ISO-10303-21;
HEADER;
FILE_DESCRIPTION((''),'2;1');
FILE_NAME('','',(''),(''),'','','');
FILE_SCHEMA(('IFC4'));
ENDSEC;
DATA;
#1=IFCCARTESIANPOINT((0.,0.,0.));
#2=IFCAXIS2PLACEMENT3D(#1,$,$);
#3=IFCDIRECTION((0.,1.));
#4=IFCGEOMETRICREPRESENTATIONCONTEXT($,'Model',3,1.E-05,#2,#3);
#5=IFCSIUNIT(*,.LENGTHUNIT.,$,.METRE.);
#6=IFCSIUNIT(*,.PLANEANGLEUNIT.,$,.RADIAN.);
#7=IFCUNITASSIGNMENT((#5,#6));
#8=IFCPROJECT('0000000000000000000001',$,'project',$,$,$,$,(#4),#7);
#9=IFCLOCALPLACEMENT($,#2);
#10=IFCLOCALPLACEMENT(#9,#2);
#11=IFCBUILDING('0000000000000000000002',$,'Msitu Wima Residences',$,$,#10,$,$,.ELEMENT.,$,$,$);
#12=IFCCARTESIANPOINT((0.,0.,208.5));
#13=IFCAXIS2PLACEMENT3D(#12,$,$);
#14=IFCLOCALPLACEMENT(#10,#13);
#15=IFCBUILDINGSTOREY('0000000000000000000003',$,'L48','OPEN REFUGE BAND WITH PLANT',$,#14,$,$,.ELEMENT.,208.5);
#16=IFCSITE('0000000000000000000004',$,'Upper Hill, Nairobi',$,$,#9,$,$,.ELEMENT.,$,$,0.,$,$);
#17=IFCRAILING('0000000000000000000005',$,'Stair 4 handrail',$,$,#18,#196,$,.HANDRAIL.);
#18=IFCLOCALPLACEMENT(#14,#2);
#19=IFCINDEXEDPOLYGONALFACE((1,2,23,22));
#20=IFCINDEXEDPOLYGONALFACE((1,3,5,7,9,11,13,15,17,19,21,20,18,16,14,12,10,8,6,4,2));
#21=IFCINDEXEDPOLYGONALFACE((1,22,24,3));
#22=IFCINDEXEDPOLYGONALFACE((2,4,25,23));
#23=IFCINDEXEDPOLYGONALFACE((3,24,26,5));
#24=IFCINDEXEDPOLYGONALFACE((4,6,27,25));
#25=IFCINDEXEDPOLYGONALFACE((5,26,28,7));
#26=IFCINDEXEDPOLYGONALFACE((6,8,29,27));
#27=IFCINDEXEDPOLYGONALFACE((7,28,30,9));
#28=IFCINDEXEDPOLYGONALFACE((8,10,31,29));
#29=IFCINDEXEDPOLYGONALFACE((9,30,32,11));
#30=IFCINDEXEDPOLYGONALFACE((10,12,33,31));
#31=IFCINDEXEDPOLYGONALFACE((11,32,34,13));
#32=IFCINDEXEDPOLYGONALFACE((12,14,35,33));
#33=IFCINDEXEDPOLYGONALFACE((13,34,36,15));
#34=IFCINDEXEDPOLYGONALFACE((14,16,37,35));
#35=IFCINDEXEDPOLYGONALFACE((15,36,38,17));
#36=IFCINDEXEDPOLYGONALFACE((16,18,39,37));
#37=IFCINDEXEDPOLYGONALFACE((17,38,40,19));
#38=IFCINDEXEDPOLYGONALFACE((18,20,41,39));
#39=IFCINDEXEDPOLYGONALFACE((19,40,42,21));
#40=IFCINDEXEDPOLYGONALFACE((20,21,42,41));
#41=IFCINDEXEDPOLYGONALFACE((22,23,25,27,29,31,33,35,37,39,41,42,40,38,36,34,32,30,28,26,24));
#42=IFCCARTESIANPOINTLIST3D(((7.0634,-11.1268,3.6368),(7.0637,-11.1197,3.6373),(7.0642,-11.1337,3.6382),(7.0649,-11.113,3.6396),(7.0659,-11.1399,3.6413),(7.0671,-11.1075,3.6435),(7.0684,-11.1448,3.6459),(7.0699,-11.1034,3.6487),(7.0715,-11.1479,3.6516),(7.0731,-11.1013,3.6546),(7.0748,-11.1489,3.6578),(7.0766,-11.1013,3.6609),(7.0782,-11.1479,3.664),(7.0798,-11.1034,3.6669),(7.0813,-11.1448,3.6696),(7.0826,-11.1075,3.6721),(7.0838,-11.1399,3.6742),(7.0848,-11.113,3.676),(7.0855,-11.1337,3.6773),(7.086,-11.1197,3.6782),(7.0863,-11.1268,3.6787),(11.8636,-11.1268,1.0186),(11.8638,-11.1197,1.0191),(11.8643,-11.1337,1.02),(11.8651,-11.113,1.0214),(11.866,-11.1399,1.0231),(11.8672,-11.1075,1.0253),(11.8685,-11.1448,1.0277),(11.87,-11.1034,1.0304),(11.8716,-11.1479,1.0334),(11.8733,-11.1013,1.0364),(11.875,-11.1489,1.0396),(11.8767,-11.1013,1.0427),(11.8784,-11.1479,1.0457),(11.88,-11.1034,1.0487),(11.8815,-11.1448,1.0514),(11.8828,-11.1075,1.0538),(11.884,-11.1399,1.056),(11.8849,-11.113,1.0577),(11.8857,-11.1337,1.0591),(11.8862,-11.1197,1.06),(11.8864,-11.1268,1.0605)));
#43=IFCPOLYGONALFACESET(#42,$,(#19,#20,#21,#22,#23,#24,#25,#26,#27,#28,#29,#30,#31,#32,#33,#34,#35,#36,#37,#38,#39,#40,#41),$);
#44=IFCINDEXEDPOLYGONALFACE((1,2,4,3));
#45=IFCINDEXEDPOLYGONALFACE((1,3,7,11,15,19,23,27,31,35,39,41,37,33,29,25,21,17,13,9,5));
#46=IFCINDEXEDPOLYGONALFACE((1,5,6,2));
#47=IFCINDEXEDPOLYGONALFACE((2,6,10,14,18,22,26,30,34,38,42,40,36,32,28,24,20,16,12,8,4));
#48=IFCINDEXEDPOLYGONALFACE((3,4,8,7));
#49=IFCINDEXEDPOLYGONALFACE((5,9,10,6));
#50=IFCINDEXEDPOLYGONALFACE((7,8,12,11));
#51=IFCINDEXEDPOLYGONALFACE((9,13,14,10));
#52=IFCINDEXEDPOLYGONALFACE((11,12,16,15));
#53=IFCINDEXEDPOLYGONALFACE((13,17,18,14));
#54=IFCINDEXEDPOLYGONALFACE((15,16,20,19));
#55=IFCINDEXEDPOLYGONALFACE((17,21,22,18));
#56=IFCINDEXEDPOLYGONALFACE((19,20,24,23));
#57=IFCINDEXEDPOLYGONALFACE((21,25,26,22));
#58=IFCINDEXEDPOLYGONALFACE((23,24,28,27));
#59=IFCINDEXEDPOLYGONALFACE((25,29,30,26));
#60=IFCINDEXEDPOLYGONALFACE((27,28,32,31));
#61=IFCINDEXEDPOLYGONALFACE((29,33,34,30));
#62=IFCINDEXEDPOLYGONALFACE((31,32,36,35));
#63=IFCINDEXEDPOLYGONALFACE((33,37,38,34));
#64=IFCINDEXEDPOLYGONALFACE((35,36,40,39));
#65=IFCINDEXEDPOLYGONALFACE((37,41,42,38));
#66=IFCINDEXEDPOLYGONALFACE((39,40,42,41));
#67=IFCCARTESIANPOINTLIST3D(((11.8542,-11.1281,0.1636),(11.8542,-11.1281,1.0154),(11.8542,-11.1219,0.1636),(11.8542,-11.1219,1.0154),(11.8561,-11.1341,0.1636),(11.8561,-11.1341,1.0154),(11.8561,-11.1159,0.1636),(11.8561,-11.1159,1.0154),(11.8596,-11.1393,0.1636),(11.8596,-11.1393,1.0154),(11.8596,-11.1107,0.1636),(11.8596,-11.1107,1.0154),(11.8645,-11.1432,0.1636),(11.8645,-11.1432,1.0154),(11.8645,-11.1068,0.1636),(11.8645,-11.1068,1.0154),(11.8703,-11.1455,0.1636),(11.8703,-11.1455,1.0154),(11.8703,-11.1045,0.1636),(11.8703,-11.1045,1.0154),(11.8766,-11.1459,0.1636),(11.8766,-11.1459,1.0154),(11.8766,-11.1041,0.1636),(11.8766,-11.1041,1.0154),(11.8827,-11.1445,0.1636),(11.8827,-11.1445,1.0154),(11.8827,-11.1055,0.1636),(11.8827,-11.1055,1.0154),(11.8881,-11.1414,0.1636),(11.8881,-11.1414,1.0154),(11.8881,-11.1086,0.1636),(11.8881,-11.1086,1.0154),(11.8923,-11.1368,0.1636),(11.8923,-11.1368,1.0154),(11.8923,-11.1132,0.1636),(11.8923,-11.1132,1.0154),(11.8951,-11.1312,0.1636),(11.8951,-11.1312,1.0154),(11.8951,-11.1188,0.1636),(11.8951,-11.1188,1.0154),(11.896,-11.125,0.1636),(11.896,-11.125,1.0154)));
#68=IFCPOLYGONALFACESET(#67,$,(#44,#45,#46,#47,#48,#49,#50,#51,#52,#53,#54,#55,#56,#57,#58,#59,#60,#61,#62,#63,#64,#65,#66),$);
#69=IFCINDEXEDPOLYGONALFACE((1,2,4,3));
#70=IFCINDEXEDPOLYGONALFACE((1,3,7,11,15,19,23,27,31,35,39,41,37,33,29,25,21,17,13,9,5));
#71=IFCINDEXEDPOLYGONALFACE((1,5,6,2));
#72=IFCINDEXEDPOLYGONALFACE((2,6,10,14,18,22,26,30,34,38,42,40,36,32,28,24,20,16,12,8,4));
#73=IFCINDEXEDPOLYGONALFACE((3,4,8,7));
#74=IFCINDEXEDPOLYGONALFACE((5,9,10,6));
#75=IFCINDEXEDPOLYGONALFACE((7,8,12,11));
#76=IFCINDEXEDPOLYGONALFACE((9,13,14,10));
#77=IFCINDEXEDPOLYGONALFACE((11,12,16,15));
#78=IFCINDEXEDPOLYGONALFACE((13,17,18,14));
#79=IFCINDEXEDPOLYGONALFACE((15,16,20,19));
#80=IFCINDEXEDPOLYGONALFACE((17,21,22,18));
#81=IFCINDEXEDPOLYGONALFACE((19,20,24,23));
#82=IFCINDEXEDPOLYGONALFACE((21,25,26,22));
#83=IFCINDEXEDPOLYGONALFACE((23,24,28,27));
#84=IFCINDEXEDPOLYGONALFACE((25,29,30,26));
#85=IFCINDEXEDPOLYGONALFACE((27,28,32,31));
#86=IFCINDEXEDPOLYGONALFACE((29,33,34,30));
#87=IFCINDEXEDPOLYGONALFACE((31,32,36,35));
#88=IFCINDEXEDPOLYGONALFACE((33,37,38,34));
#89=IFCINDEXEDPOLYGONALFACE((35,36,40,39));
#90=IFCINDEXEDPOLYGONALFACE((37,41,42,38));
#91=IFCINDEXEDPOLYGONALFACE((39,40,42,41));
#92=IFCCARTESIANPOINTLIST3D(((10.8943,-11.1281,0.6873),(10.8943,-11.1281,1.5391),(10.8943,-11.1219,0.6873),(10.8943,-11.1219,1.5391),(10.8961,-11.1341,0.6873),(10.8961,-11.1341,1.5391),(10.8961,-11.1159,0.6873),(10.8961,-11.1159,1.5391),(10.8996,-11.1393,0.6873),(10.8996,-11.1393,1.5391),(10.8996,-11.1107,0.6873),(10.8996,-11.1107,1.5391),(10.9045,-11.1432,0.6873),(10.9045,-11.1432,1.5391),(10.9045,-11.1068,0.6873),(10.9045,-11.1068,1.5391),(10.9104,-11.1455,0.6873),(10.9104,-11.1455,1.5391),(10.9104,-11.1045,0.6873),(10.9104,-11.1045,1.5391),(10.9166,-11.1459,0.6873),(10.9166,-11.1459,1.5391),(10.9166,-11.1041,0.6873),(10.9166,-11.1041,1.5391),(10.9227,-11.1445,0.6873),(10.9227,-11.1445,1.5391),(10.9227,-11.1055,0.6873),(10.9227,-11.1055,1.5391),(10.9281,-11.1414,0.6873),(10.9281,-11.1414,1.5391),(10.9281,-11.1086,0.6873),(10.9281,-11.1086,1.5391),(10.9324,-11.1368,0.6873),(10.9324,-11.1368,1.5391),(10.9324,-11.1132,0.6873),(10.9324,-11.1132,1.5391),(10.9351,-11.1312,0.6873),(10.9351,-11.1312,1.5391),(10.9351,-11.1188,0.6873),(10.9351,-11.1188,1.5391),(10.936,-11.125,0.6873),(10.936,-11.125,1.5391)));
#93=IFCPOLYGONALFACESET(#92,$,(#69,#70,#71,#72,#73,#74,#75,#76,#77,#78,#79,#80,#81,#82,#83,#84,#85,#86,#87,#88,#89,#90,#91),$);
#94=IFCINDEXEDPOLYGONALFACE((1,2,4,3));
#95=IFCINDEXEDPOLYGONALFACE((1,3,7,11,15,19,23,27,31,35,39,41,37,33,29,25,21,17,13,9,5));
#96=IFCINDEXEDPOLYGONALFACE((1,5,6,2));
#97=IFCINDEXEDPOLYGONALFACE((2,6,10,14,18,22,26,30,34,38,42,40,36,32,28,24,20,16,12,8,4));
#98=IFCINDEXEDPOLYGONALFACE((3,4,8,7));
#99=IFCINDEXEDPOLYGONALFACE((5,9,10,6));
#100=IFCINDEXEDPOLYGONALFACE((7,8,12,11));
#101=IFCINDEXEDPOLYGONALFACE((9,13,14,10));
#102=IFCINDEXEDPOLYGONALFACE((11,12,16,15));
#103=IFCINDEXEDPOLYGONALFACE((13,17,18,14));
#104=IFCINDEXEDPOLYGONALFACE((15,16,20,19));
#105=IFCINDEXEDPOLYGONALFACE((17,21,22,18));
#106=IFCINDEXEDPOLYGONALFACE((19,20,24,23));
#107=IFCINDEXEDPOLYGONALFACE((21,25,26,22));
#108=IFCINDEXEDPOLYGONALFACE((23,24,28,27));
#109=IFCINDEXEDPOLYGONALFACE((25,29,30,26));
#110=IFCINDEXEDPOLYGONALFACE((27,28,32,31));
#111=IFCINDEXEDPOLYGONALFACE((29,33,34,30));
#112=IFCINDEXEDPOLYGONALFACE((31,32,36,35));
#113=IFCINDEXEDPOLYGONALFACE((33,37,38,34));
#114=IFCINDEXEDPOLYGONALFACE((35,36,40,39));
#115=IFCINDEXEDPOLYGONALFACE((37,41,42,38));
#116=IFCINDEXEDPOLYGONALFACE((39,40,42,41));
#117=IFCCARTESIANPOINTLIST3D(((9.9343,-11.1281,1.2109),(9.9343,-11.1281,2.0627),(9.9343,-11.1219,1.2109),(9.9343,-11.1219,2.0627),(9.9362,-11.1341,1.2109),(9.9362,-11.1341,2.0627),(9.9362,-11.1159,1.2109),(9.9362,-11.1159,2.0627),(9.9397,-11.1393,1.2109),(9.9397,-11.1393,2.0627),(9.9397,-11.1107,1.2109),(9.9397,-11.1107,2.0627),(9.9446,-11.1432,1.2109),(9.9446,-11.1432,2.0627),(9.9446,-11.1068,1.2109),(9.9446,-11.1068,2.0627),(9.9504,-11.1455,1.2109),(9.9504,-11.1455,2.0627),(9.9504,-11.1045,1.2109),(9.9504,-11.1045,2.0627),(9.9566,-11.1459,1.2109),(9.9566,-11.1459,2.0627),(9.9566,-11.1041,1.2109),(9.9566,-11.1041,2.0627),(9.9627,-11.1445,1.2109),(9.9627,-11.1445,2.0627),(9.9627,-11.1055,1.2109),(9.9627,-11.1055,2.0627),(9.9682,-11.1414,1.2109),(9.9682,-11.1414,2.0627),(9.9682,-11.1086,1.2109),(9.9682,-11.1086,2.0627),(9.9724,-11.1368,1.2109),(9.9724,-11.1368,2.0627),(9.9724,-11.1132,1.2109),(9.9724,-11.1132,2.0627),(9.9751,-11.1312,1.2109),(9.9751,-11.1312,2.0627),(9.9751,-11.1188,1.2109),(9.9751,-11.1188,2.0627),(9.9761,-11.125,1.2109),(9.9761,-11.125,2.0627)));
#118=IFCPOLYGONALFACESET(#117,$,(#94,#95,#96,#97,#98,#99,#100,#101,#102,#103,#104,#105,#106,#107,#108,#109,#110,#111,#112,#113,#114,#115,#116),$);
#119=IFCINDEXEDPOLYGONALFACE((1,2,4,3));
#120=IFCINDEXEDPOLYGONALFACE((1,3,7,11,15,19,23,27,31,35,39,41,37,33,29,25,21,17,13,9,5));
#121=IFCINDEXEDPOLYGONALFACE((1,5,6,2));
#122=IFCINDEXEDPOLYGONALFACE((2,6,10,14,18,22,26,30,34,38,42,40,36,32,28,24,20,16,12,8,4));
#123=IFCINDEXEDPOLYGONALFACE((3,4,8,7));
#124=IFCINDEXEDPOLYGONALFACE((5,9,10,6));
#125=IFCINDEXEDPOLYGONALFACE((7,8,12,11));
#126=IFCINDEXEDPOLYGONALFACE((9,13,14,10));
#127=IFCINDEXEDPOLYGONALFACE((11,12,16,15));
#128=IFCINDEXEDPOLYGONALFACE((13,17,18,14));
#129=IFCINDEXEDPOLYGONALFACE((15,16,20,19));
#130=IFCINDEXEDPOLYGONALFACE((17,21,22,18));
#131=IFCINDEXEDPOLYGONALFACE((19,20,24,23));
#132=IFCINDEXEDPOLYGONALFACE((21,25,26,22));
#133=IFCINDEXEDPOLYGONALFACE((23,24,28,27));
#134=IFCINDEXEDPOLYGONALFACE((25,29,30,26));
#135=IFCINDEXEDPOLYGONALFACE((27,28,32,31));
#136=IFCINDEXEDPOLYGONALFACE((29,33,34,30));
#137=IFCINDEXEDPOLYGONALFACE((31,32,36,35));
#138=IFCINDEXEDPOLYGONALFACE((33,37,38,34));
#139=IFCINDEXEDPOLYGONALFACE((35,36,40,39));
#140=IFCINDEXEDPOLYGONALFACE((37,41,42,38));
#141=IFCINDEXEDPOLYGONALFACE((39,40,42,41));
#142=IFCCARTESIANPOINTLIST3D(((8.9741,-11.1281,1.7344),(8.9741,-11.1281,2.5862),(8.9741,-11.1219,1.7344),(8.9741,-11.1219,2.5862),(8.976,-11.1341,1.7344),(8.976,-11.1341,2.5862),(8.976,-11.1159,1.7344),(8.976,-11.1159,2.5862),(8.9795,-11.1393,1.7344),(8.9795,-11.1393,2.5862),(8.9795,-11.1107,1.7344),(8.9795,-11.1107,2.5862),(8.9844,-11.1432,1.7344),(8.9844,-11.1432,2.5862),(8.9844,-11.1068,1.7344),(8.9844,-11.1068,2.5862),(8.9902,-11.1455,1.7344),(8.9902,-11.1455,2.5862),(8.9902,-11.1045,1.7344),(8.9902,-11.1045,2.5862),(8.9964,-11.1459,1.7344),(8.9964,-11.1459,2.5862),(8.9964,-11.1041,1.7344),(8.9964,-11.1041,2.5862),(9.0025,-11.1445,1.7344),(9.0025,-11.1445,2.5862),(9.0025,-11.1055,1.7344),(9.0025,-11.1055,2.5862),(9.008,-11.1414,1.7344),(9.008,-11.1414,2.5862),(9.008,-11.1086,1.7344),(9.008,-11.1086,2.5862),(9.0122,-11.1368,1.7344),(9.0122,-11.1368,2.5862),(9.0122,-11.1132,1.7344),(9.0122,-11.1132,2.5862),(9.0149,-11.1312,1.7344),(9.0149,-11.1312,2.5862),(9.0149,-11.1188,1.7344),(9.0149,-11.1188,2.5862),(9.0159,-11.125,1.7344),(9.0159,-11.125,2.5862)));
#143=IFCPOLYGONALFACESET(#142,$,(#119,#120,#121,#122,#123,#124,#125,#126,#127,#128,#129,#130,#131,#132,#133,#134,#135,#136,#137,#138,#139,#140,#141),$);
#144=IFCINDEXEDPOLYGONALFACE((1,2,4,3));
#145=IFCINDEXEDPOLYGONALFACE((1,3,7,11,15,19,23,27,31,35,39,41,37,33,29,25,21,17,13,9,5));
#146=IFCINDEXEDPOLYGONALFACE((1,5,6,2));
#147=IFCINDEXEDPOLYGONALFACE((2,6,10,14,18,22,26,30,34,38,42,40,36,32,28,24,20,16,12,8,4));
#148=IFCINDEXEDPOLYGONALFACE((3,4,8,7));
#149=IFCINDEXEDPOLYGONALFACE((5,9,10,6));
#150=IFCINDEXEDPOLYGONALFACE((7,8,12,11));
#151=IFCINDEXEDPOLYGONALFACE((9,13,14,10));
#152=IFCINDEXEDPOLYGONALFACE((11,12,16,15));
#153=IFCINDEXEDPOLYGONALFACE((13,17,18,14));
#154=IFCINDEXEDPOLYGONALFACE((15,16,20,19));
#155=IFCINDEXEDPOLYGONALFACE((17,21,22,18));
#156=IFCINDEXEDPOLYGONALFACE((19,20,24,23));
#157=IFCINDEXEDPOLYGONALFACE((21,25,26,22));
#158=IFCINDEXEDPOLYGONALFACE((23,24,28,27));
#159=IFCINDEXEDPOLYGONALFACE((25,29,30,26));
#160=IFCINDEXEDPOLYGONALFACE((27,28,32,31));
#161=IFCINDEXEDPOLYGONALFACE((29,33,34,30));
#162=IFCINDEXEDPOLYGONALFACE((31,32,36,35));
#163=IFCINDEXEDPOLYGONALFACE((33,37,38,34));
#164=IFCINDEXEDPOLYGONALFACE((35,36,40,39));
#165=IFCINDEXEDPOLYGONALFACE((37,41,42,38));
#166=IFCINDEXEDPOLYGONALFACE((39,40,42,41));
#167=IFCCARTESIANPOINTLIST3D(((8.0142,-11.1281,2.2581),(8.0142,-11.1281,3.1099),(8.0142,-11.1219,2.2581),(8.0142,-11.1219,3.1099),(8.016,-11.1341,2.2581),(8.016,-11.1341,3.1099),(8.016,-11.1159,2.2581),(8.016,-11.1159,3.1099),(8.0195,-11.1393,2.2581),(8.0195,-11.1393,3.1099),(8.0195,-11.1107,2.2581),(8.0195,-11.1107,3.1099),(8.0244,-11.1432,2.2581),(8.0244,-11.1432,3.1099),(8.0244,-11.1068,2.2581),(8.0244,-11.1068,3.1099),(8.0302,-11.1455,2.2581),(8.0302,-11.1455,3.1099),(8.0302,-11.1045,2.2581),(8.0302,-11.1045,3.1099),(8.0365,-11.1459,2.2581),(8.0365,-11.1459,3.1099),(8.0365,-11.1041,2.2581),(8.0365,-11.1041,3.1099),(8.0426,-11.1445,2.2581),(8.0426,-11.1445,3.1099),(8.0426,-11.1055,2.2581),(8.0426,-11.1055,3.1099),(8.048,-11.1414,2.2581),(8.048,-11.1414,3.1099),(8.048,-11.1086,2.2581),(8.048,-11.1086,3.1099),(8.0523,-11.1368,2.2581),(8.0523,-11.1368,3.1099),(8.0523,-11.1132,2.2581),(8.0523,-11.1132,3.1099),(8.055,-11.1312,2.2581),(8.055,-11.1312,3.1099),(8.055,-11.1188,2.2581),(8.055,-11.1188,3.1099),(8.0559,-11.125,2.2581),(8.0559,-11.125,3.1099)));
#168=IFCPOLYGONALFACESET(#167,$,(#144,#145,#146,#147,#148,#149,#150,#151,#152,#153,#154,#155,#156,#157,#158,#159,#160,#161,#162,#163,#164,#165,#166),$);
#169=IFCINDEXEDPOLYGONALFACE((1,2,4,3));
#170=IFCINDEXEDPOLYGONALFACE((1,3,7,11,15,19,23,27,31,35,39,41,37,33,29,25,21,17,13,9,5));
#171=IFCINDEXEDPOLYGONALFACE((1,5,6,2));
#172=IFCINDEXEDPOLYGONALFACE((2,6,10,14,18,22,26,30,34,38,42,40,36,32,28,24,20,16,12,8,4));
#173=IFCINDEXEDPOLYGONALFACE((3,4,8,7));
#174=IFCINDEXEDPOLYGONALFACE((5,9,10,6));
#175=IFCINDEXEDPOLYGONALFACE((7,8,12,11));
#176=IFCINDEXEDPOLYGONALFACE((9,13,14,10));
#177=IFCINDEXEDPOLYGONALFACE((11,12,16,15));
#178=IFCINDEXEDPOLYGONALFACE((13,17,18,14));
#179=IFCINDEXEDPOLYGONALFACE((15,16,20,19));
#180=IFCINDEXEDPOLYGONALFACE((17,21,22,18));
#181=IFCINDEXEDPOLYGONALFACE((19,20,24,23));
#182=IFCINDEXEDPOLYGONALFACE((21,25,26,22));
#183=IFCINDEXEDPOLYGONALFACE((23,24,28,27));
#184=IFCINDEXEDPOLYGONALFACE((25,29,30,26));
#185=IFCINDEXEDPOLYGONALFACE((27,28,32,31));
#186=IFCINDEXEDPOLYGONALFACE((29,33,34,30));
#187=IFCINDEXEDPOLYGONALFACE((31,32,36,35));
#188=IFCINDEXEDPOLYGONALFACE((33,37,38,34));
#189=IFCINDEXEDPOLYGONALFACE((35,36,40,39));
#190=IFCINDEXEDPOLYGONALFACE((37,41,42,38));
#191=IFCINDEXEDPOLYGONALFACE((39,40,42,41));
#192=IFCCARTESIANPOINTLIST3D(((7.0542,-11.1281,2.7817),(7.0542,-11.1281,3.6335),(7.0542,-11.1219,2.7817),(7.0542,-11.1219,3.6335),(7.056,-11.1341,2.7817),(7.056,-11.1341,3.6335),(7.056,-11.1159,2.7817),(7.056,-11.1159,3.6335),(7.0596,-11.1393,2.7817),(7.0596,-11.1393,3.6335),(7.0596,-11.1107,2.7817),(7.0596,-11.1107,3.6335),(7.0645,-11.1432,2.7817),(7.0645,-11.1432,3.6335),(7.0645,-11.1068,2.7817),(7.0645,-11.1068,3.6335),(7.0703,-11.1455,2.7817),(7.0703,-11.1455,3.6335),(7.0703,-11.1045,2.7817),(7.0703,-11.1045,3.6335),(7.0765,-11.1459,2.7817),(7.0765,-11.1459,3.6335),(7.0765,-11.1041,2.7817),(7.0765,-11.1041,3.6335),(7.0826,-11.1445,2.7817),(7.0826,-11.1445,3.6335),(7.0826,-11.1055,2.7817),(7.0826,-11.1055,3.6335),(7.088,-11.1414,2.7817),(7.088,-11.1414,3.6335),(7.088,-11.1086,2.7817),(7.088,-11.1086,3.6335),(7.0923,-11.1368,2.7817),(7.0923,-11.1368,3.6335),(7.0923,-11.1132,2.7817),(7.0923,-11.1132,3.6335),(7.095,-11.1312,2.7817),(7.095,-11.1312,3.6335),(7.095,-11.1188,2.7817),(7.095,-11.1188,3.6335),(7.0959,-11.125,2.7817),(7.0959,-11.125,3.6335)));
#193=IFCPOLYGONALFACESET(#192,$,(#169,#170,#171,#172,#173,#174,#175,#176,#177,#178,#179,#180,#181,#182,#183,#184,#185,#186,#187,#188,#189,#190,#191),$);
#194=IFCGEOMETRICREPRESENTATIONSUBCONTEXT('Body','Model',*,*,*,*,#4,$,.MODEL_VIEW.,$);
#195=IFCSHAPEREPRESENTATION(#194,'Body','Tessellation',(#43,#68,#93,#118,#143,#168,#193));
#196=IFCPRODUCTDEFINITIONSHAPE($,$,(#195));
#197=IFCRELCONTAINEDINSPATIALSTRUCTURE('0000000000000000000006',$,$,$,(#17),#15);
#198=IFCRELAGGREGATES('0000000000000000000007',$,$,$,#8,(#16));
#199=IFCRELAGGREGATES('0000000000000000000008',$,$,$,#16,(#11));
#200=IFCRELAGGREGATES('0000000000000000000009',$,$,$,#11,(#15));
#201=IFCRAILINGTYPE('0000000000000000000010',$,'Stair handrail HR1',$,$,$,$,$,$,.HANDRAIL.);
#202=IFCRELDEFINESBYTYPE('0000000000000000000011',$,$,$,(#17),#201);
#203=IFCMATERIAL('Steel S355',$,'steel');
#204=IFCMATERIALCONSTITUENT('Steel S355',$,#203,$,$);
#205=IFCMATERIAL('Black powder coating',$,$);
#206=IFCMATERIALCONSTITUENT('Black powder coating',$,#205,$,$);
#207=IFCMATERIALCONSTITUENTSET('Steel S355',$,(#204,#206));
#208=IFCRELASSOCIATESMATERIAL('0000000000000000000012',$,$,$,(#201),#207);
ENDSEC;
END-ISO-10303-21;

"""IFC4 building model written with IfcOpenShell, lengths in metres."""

from ifc_helpers import new_model, si_unit, direction, frame, origin, origin_2d, place, context, subcontext, project, spatial, circle, extrude, material, constituent, constituent_set, type_object, element, save


model = new_model("IFC4")

# Units and contexts
model_context = context("Model", 3, precision=1e-05, world=origin(), true_north=direction((0.0, 1.0)))
body_context = subcontext(model_context, "Body", "Model", "MODEL_VIEW")
ifc_project = project(units=[si_unit("LENGTHUNIT", "METRE"), si_unit("PLANEANGLEUNIT", "RADIAN")], contexts=[model_context])

# Site, building, storey
site_placement = place(None, origin())
site = spatial("IfcSite", under=ifc_project, at=site_placement, Name="Upper Hill, Nairobi", CompositionType="ELEMENT", RefElevation=0.0)
building_placement = place(site_placement, origin())
building = spatial("IfcBuilding", under=site, at=building_placement, Name="Msitu Wima Residences", CompositionType="ELEMENT")
storey_placement = place(building_placement, frame((0.0, 0.0, 208.5)))
storey = spatial("IfcBuildingStorey", under=building, at=storey_placement, Name="L48", Description="OPEN REFUGE BAND WITH PLANT", CompositionType="ELEMENT", Elevation=208.5)

# Railing
ifc_material_1 = material(Name="Steel S355", Category="steel")
ifc_constituent_1 = constituent(ifc_material_1, Name="Steel S355")
ifc_material_2 = material(Name="Black powder coating")
ifc_constituent_2 = constituent(ifc_material_2, Name="Black powder coating")
ifc_constituent_set_1 = constituent_set(constituents=[ifc_constituent_1, ifc_constituent_2], Name="Steel S355")
railing_type_1 = type_object("IfcRailingType", Name="Stair handrail HR1", PredefinedType="HANDRAIL", material=ifc_constituent_set_1)
for number, where, name in (
    (1, (11.875, -11.125, 0.1636), "Stair 4 handrail"),
):
    element("IfcRailing", number, at=place(storey_placement, frame(where)), inside=storey, type_object=railing_type_1, Name=name, PredefinedType="HANDRAIL", context=body_context, shape_type="SweptSolid", body=[
        extrude(circle(Radius=0.0239, at=origin_2d()), frame((0.0, 0.0, 0.876), z_axis=(-0.877899, 0.0, 0.478846), x_axis=(0.0, -1.0, 0.0)), (0.0, 0.0, 1.0), 5.4678),
        extrude(circle(Radius=0.021, at=origin_2d()), origin(), (0.0, 0.0, 1.0), 0.8518),
        extrude(circle(Radius=0.021, at=origin_2d()), frame((-0.96, 0.0, 0.5237)), (0.0, 0.0, 1.0), 0.8518),
        extrude(circle(Radius=0.021, at=origin_2d()), frame((-1.9199, 0.0, 1.0474)), (0.0, 0.0, 1.0), 0.8518),
        extrude(circle(Radius=0.021, at=origin_2d()), frame((-2.8801, 0.0, 1.5708)), (0.0, 0.0, 1.0), 0.8518),
        extrude(circle(Radius=0.021, at=origin_2d()), frame((-3.8401, 0.0, 2.0945)), (0.0, 0.0, 1.0), 0.8518),
        extrude(circle(Radius=0.021, at=origin_2d()), frame((-4.8, 0.0, 2.6182)), (0.0, 0.0, 1.0), 0.8518),
    ])

save(model, "model.ifc")
